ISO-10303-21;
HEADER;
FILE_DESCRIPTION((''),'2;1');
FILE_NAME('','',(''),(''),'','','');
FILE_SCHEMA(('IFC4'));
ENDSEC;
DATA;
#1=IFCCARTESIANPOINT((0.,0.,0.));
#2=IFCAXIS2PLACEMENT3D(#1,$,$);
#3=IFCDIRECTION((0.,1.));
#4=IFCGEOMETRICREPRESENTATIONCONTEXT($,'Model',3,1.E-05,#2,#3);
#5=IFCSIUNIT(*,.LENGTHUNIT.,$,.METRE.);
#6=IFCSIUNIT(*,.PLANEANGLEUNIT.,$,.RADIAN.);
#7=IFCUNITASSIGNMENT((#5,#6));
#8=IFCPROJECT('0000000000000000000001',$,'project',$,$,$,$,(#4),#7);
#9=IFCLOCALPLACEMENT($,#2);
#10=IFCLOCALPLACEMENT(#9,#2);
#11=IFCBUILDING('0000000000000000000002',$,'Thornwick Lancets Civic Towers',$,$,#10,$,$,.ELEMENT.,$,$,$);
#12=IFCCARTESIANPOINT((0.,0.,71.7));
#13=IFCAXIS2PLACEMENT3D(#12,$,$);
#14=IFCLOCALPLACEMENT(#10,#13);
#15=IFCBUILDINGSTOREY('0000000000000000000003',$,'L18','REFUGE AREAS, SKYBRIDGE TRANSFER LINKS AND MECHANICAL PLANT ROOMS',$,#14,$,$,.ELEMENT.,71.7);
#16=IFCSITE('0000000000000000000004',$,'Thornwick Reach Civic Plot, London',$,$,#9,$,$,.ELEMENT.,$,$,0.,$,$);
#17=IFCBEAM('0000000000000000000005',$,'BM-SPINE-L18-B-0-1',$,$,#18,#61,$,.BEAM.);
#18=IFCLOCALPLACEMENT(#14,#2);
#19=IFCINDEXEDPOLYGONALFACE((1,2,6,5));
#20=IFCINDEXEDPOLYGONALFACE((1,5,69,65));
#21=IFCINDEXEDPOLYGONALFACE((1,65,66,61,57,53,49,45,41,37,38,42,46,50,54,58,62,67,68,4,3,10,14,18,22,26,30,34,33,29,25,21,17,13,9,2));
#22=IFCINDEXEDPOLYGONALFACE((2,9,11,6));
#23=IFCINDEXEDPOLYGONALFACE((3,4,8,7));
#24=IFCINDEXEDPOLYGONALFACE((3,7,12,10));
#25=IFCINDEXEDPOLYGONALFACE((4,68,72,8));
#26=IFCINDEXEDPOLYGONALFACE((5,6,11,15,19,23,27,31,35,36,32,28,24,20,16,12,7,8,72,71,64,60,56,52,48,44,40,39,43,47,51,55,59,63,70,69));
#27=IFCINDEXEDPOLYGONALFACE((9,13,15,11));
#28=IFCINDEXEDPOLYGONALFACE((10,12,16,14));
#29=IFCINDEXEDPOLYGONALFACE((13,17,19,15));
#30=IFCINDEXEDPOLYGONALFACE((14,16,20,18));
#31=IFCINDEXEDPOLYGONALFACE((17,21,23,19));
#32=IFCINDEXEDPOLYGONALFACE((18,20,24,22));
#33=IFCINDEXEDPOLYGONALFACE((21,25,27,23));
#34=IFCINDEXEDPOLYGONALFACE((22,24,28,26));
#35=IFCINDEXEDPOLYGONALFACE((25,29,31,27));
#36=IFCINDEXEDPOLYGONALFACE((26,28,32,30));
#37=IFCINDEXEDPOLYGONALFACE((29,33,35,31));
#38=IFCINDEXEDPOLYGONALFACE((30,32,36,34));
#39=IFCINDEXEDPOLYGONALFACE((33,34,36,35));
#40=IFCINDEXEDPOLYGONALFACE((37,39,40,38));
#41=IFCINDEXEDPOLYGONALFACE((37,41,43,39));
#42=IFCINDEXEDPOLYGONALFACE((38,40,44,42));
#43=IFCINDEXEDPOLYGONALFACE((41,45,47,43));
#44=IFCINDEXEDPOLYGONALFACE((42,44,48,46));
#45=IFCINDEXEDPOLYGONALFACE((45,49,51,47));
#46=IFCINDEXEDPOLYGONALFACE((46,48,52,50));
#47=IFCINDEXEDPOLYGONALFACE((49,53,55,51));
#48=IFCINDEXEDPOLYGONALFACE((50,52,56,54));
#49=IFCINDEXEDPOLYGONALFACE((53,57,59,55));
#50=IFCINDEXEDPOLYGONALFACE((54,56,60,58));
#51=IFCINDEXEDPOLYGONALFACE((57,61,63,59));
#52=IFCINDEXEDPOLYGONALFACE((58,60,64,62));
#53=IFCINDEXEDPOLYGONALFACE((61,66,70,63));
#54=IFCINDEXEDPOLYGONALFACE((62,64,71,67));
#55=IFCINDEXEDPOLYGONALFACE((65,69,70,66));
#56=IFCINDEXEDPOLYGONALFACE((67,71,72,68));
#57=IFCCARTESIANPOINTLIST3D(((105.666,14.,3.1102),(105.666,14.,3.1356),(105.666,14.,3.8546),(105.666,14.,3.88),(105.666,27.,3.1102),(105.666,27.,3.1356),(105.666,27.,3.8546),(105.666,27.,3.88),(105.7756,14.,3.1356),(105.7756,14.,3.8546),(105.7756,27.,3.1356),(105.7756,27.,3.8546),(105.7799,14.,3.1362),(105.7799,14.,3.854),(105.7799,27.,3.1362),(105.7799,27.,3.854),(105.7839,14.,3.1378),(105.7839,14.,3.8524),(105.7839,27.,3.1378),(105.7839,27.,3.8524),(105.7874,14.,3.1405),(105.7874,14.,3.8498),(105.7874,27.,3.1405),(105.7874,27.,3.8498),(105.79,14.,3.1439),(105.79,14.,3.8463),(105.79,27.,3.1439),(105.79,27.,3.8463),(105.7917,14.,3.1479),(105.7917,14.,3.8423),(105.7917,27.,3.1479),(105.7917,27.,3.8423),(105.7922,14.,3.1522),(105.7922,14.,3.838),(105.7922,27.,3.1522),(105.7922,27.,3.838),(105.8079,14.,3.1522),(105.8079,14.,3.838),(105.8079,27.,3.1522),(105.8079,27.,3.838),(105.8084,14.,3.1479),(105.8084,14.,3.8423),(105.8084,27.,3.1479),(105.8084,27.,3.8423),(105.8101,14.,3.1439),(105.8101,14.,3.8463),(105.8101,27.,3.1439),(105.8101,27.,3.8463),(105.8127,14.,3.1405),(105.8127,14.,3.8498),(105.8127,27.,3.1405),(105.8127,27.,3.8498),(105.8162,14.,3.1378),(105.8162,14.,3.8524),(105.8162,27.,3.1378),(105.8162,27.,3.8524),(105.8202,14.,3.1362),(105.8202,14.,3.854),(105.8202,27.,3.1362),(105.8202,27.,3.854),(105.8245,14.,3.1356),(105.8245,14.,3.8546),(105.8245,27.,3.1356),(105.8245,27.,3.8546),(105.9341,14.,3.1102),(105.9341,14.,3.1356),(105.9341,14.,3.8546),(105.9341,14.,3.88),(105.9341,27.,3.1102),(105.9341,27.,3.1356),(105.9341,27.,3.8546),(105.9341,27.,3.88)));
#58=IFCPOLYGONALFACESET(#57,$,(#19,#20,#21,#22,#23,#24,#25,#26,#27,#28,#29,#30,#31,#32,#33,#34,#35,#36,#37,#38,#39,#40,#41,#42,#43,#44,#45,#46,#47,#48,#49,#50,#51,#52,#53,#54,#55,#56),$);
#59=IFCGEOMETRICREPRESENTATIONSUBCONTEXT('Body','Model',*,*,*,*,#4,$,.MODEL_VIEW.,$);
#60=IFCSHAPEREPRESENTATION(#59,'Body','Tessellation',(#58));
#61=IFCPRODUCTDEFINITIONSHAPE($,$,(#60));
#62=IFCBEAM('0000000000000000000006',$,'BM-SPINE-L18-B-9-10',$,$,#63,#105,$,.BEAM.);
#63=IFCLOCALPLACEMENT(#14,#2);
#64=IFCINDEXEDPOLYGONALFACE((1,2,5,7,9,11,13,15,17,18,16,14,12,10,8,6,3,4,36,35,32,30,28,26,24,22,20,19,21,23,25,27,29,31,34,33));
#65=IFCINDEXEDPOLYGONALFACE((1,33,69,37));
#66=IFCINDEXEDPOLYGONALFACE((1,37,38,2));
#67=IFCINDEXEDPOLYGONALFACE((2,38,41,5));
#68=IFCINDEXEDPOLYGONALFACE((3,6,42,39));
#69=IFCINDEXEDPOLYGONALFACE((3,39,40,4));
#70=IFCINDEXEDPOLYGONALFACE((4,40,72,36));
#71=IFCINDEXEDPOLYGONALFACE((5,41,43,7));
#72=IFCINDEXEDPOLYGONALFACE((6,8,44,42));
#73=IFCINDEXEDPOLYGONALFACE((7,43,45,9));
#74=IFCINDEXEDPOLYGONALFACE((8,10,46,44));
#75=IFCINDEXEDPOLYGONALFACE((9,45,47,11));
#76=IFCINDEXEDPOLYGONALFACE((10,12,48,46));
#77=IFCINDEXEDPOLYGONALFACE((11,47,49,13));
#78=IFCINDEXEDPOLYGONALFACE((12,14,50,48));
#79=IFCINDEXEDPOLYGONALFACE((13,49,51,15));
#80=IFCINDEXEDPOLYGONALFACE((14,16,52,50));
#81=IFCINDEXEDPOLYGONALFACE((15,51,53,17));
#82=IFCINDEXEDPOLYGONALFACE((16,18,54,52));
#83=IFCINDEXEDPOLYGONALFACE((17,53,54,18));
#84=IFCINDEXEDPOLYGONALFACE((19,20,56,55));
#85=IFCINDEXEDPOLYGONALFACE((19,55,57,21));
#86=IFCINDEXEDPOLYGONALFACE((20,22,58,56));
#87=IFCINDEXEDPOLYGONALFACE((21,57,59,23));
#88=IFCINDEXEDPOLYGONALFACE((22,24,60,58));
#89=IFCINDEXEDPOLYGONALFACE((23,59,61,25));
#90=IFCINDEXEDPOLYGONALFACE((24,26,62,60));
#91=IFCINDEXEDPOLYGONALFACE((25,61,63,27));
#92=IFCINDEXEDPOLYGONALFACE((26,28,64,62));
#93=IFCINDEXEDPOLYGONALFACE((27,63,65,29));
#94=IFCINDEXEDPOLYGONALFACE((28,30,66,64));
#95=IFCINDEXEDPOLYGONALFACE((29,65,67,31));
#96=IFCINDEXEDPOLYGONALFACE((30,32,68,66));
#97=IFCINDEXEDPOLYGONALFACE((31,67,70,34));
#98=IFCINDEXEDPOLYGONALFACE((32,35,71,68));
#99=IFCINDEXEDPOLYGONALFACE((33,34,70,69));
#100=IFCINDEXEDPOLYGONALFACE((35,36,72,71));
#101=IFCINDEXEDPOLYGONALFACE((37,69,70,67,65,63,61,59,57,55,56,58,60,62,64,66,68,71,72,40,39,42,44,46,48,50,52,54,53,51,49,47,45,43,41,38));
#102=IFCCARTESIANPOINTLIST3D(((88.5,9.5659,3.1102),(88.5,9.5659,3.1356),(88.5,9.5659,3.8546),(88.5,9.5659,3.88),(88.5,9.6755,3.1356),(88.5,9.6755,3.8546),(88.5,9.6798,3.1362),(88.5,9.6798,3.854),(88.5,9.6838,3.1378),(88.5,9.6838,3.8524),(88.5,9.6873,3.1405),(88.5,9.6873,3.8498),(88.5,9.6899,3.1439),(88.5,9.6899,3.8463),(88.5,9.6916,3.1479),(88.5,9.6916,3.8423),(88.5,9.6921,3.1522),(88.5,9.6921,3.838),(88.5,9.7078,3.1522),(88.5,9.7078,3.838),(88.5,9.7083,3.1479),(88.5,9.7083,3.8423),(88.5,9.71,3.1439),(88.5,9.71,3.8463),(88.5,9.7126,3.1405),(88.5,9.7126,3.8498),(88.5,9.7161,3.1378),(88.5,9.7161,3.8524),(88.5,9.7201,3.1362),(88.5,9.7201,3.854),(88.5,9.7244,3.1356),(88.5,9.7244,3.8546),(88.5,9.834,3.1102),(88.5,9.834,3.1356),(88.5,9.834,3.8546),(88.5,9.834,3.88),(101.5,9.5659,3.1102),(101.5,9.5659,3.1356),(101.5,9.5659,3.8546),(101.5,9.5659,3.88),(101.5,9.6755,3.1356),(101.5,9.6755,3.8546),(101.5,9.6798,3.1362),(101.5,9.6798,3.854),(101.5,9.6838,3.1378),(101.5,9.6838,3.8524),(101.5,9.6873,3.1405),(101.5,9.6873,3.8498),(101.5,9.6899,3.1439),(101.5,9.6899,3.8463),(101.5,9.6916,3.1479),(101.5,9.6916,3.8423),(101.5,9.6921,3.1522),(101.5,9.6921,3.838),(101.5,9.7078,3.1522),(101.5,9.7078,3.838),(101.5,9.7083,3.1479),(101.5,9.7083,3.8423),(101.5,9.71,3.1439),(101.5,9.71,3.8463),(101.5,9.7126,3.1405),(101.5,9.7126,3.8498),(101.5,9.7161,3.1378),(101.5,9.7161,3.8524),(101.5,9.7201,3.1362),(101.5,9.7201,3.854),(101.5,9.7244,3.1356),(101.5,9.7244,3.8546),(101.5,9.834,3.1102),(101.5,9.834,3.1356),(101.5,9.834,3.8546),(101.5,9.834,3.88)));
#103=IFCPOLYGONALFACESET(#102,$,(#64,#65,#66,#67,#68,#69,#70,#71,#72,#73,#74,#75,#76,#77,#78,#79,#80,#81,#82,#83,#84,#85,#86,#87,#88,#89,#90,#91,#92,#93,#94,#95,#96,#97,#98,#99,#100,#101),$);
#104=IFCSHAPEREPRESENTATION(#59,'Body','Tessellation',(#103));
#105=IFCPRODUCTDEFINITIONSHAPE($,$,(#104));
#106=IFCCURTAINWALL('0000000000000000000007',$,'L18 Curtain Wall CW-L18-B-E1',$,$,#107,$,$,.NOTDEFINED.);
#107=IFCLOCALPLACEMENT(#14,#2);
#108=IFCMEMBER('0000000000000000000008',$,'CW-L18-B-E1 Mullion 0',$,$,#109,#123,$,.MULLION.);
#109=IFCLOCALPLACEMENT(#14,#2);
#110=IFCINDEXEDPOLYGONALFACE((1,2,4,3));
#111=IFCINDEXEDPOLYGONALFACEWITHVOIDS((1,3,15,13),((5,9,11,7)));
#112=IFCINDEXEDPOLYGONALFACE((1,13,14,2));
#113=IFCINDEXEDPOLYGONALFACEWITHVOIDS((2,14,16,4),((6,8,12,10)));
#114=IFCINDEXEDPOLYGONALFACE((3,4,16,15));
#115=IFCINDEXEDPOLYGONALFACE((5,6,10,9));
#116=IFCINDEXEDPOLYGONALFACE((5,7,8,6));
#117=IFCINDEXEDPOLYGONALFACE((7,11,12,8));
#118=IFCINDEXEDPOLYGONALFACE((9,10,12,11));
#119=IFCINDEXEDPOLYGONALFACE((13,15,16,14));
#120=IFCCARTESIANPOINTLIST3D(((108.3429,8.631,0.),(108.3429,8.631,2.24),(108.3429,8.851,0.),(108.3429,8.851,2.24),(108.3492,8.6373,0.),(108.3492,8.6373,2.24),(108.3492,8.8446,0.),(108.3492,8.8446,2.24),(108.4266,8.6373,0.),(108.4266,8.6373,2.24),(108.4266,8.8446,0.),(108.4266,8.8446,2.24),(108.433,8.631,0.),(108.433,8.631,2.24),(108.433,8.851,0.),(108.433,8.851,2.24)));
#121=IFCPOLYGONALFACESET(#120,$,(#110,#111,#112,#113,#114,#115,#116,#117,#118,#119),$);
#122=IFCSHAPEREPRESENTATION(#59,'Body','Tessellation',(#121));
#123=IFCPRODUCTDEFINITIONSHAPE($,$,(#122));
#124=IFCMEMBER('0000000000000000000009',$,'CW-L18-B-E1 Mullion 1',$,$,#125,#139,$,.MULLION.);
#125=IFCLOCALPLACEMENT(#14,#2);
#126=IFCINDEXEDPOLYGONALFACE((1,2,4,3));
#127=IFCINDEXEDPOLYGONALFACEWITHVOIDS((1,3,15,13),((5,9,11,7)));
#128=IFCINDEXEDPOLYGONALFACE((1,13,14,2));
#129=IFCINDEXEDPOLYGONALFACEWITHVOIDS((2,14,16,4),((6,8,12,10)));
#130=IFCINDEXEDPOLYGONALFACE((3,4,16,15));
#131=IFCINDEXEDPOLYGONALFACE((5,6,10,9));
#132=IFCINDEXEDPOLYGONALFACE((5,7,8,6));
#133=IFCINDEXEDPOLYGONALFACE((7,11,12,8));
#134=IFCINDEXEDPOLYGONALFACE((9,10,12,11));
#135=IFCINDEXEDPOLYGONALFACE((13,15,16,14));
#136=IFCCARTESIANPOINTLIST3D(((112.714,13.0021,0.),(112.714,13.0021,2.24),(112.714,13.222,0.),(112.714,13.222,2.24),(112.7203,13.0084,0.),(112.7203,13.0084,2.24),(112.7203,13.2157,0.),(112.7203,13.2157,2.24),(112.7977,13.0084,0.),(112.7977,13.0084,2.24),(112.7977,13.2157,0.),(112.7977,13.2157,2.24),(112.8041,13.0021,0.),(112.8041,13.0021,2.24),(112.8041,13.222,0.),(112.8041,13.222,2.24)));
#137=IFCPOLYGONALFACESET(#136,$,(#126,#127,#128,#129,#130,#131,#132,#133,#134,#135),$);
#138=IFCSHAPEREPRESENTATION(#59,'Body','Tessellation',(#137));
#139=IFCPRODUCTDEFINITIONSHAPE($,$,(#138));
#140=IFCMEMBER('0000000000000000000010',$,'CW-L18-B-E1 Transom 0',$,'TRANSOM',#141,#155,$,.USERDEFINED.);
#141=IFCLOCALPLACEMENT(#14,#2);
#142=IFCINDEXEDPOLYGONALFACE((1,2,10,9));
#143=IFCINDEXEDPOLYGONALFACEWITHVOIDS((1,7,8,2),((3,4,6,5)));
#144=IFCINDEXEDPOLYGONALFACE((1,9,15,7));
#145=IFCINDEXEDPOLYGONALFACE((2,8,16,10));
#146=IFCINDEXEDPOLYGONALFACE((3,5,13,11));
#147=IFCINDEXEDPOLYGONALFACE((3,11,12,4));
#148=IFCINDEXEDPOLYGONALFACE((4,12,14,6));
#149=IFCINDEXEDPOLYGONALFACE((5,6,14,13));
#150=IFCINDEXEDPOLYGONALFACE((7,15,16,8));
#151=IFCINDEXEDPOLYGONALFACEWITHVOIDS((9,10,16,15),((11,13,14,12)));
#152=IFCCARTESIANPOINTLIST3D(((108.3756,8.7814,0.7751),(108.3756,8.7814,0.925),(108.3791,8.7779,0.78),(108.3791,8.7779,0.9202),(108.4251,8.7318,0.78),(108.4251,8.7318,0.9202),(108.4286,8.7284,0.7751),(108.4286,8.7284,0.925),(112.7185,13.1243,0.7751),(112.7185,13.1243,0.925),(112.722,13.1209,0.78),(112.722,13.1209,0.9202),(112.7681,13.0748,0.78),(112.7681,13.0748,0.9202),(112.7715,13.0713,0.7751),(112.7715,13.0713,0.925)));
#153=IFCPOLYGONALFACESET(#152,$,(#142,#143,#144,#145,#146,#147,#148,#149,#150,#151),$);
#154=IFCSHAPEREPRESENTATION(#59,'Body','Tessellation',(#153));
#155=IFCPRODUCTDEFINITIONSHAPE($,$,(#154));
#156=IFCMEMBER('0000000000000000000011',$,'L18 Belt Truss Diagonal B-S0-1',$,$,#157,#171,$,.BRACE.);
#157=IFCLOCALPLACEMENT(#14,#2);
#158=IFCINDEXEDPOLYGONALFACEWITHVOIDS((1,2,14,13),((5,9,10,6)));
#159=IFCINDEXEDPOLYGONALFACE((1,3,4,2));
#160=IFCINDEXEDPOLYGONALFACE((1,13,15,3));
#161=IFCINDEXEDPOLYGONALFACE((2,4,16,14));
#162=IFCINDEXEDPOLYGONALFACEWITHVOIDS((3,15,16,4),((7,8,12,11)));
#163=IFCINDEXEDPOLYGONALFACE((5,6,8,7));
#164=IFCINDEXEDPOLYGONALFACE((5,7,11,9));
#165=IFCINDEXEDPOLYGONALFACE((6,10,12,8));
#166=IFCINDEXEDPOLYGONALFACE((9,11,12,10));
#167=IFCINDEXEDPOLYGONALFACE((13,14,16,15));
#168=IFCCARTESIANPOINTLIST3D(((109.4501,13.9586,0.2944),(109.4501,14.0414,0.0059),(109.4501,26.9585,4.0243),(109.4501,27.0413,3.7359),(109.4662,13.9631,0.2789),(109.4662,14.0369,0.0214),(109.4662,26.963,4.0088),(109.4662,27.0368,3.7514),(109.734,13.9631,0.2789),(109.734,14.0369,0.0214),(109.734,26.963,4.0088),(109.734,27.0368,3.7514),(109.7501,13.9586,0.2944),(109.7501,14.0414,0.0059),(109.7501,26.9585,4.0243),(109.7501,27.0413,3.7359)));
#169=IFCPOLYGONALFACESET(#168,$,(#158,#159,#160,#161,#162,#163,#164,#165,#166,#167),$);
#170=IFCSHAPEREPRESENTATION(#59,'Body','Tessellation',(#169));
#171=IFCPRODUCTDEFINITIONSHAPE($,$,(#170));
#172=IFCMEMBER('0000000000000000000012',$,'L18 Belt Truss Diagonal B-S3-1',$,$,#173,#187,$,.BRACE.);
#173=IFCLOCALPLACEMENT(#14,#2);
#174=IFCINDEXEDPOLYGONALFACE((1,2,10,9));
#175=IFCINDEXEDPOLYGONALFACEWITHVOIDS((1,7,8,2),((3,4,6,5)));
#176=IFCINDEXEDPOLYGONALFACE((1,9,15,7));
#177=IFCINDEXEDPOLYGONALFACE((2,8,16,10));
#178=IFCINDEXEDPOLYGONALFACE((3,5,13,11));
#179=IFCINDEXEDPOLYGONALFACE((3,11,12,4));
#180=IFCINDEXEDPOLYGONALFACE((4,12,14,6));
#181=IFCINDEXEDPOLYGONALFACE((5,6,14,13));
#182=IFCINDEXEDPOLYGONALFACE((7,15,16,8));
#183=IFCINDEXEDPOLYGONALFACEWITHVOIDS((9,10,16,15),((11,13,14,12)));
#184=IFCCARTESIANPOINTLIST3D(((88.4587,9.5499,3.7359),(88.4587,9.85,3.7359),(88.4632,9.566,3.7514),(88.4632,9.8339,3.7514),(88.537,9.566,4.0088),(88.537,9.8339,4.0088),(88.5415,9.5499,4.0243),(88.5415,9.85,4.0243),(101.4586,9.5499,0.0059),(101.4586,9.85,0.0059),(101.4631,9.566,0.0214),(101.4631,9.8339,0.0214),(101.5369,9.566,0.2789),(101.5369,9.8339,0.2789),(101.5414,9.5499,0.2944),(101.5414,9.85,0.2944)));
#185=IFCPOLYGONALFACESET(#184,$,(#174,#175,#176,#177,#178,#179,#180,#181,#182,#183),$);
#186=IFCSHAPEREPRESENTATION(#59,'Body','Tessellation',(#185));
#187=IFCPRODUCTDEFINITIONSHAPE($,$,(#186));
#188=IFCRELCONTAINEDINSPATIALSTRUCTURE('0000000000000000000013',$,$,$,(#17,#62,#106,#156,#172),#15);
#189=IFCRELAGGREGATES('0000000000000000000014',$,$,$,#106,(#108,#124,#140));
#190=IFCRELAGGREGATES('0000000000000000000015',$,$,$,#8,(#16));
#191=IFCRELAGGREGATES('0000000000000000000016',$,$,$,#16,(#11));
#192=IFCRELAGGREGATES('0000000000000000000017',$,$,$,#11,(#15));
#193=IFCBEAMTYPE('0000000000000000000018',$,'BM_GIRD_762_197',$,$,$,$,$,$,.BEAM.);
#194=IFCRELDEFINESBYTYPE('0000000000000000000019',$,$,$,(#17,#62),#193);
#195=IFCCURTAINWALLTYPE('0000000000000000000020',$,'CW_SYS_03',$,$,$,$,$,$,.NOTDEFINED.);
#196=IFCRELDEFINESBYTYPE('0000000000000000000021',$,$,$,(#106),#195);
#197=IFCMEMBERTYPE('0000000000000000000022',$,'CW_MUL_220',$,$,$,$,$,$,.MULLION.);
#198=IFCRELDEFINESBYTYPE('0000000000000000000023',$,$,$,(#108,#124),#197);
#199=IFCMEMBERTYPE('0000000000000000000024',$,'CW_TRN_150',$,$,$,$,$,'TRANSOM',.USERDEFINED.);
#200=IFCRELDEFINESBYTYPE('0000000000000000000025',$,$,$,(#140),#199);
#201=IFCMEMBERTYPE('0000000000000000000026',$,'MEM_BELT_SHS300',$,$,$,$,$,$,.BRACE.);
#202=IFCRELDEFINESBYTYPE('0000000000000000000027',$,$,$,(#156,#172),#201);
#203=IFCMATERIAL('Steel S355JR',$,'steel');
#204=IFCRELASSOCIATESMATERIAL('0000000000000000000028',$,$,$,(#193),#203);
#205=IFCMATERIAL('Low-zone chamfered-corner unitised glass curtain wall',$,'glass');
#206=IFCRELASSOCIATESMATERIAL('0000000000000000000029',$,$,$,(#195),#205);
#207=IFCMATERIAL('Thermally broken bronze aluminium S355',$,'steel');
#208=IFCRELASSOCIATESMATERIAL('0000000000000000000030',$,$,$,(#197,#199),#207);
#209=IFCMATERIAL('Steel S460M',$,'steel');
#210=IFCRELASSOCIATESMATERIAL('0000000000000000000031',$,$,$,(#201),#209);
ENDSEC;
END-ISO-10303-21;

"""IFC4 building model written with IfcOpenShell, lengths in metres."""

from ifc_helpers import new_model, si_unit, direction, frame, origin, origin_2d, place, context, subcontext, project, spatial, hollow_rectangle, i_section, extrude, material, material_profile, profile_set, type_object, element, aggregate, save


model = new_model("IFC4")

# Units and contexts
model_context = context("Model", 3, precision=1e-05, world=origin(), true_north=direction((0.0, 1.0)))
body_context = subcontext(model_context, "Body", "Model", "MODEL_VIEW")
ifc_project = project(units=[si_unit("LENGTHUNIT", "METRE"), si_unit("PLANEANGLEUNIT", "RADIAN")], contexts=[model_context])

# Site, building, storey
site_placement = place(None, origin())
site = spatial("IfcSite", under=ifc_project, at=site_placement, Name="Thornwick Reach Civic Plot, London", CompositionType="ELEMENT", RefElevation=0.0)
building_placement = place(site_placement, origin())
building = spatial("IfcBuilding", under=site, at=building_placement, Name="Thornwick Lancets Civic Towers", CompositionType="ELEMENT")
storey_placement = place(building_placement, frame((0.0, 0.0, 71.7)))
storey = spatial("IfcBuildingStorey", under=building, at=storey_placement, Name="L18", Description="REFUGE AREAS, SKYBRIDGE TRANSFER LINKS AND MECHANICAL PLANT ROOMS", CompositionType="ELEMENT", Elevation=71.7)

# Shared definitions
ifc_material_1 = material(Name="Steel S460M", Category="steel")

# Beams
ifc_material_2 = material(Name="Steel S355JR", Category="steel")
ifc_material_profile_1 = material_profile(ifc_material_2, i_section(OverallWidth=0.2681, OverallDepth=0.7698, WebThickness=0.0156, FlangeThickness=0.0254, FilletRadius=0.0166, at=origin_2d()), Name="UKB 762x267x197")
ifc_profile_set_1 = profile_set([ifc_material_profile_1], Name="Steel S355JR")
beam_type_1 = type_object("IfcBeamType", Name="BM_GIRD_762_197", PredefinedType="BEAM", material=ifc_profile_set_1)
for number, where, z_axis, x_axis, name in (
    (1, (105.8, 14.0, 3.4951), (0.0, 1.0, 0.0), (-1.0, 0.0, 0.0), "BM-SPINE-L18-B-0-1"),
    (2, (101.5, 9.7, 3.4951), (-1.0, 0.0, 0.0), (0.0, -1.0, 0.0), "BM-SPINE-L18-B-9-10"),
):
    element("IfcBeam", number, at=place(storey_placement, frame(where, z_axis=z_axis, x_axis=x_axis)), inside=storey, type_object=beam_type_1, Name=name, PredefinedType="BEAM", context=body_context, shape_type="SweptSolid", body=[
        extrude(i_section(OverallWidth=0.2681, OverallDepth=0.7698, WebThickness=0.0156, FlangeThickness=0.0254, FilletRadius=0.0166, at=origin_2d()), origin(), (0.0, 0.0, 1.0), 13.0),
    ])

# Curtain wall, members
ifc_material_3 = material(Name="Low-zone chamfered-corner unitised glass curtain wall", Category="glass")
curtain_wall_type = type_object("IfcCurtainWallType", Name="CW_SYS_03", PredefinedType="NOTDEFINED", material=ifc_material_3)
curtain_wall_placement = place(storey_placement, origin())
curtain_wall = element("IfcCurtainWall", 3, at=curtain_wall_placement, inside=storey, type_object=curtain_wall_type, Name="L18 Curtain Wall CW-L18-B-E1", PredefinedType="NOTDEFINED")
ifc_material_4 = material(Name="Thermally broken bronze aluminium S355", Category="steel")
ifc_material_profile_2 = material_profile(ifc_material_4, hollow_rectangle(XDim=0.0901, YDim=0.22, WallThickness=0.0063, at=origin_2d()), Name="RHS 220x90x6.3")
ifc_profile_set_2 = profile_set([ifc_material_profile_2], Name="Thermally broken bronze aluminium S355")
member_type_1 = type_object("IfcMemberType", Name="CW_MUL_220", PredefinedType="MULLION", material=ifc_profile_set_2)
member_1_placement = place(storey_placement, frame((108.3879, 8.741, 0.0), z_axis=(0.0, 0.0, 1.0), x_axis=(1.0, 0.0, 0.0)))
member_1 = element("IfcMember", 4, at=member_1_placement, type_object=member_type_1, Name="CW-L18-B-E1 Mullion 0", PredefinedType="MULLION", context=body_context, shape_type="SweptSolid", body=[
    extrude(hollow_rectangle(XDim=0.0901, YDim=0.22, WallThickness=0.0063, at=origin_2d()), origin(), (0.0, 0.0, 1.0), 2.24),
])
member_2_placement = place(storey_placement, frame((112.759, 13.1121, 0.0), z_axis=(0.0, 0.0, 1.0), x_axis=(1.0, 0.0, 0.0)))
member_2 = element("IfcMember", 5, at=member_2_placement, type_object=member_type_1, Name="CW-L18-B-E1 Mullion 1", PredefinedType="MULLION", context=body_context, shape_type="SweptSolid", body=[
    extrude(hollow_rectangle(XDim=0.0901, YDim=0.22, WallThickness=0.0063, at=origin_2d()), origin(), (0.0, 0.0, 1.0), 2.24),
])
ifc_material_profile_3 = material_profile(ifc_material_4, hollow_rectangle(XDim=0.075, YDim=0.1499, WallThickness=0.0049, at=origin_2d()), Name="RHS 150x75x5")
ifc_profile_set_3 = profile_set([ifc_material_profile_3], Name="Thermally broken bronze aluminium S355")
member_type_2 = type_object("IfcMemberType", Name="CW_TRN_150", ElementType="TRANSOM", PredefinedType="USERDEFINED", material=ifc_profile_set_3)
member_3_placement = place(storey_placement, frame((108.4021, 8.7549, 0.8501), z_axis=(0.707107, 0.707107, 0.0), x_axis=(-0.707107, 0.707107, 0.0)))
member_3 = element("IfcMember", 6, at=member_3_placement, type_object=member_type_2, Name="CW-L18-B-E1 Transom 0", ObjectType="TRANSOM", PredefinedType="USERDEFINED", context=body_context, shape_type="SweptSolid", body=[
    extrude(hollow_rectangle(XDim=0.075, YDim=0.1499, WallThickness=0.0049, at=origin_2d()), origin(), (0.0, 0.0, 1.0), 6.1418),
])

# Members
ifc_material_profile_4 = material_profile(ifc_material_1, hollow_rectangle(XDim=0.3, YDim=0.3, WallThickness=0.0161, at=origin_2d()), Name="SHS 300x300x16")
ifc_profile_set_4 = profile_set([ifc_material_profile_4], Name="Steel S460M")
member_type_3 = type_object("IfcMemberType", Name="MEM_BELT_SHS300", PredefinedType="BRACE", material=ifc_profile_set_4)
for number, where, z_axis, x_axis, name in (
    (7, (109.6001, 14.0, 0.1501), (0.0, 0.961217, 0.275794), (-1.0, 0.0, 0.0), "L18 Belt Truss Diagonal B-S0-1"),
    (8, (101.5, 9.7, 0.1501), (-0.961217, 0.0, 0.275794), (0.0, -1.0, 0.0), "L18 Belt Truss Diagonal B-S3-1"),
):
    element("IfcMember", number, at=place(storey_placement, frame(where, z_axis=z_axis, x_axis=x_axis)), inside=storey, type_object=member_type_3, Name=name, PredefinedType="BRACE", context=body_context, shape_type="SweptSolid", body=[
        extrude(hollow_rectangle(XDim=0.3, YDim=0.3, WallThickness=0.0161, at=origin_2d()), origin(), (0.0, 0.0, 1.0), 13.5244),
    ])

aggregate(curtain_wall, [member_1, member_2, member_3])

save(model, "model.ifc")
